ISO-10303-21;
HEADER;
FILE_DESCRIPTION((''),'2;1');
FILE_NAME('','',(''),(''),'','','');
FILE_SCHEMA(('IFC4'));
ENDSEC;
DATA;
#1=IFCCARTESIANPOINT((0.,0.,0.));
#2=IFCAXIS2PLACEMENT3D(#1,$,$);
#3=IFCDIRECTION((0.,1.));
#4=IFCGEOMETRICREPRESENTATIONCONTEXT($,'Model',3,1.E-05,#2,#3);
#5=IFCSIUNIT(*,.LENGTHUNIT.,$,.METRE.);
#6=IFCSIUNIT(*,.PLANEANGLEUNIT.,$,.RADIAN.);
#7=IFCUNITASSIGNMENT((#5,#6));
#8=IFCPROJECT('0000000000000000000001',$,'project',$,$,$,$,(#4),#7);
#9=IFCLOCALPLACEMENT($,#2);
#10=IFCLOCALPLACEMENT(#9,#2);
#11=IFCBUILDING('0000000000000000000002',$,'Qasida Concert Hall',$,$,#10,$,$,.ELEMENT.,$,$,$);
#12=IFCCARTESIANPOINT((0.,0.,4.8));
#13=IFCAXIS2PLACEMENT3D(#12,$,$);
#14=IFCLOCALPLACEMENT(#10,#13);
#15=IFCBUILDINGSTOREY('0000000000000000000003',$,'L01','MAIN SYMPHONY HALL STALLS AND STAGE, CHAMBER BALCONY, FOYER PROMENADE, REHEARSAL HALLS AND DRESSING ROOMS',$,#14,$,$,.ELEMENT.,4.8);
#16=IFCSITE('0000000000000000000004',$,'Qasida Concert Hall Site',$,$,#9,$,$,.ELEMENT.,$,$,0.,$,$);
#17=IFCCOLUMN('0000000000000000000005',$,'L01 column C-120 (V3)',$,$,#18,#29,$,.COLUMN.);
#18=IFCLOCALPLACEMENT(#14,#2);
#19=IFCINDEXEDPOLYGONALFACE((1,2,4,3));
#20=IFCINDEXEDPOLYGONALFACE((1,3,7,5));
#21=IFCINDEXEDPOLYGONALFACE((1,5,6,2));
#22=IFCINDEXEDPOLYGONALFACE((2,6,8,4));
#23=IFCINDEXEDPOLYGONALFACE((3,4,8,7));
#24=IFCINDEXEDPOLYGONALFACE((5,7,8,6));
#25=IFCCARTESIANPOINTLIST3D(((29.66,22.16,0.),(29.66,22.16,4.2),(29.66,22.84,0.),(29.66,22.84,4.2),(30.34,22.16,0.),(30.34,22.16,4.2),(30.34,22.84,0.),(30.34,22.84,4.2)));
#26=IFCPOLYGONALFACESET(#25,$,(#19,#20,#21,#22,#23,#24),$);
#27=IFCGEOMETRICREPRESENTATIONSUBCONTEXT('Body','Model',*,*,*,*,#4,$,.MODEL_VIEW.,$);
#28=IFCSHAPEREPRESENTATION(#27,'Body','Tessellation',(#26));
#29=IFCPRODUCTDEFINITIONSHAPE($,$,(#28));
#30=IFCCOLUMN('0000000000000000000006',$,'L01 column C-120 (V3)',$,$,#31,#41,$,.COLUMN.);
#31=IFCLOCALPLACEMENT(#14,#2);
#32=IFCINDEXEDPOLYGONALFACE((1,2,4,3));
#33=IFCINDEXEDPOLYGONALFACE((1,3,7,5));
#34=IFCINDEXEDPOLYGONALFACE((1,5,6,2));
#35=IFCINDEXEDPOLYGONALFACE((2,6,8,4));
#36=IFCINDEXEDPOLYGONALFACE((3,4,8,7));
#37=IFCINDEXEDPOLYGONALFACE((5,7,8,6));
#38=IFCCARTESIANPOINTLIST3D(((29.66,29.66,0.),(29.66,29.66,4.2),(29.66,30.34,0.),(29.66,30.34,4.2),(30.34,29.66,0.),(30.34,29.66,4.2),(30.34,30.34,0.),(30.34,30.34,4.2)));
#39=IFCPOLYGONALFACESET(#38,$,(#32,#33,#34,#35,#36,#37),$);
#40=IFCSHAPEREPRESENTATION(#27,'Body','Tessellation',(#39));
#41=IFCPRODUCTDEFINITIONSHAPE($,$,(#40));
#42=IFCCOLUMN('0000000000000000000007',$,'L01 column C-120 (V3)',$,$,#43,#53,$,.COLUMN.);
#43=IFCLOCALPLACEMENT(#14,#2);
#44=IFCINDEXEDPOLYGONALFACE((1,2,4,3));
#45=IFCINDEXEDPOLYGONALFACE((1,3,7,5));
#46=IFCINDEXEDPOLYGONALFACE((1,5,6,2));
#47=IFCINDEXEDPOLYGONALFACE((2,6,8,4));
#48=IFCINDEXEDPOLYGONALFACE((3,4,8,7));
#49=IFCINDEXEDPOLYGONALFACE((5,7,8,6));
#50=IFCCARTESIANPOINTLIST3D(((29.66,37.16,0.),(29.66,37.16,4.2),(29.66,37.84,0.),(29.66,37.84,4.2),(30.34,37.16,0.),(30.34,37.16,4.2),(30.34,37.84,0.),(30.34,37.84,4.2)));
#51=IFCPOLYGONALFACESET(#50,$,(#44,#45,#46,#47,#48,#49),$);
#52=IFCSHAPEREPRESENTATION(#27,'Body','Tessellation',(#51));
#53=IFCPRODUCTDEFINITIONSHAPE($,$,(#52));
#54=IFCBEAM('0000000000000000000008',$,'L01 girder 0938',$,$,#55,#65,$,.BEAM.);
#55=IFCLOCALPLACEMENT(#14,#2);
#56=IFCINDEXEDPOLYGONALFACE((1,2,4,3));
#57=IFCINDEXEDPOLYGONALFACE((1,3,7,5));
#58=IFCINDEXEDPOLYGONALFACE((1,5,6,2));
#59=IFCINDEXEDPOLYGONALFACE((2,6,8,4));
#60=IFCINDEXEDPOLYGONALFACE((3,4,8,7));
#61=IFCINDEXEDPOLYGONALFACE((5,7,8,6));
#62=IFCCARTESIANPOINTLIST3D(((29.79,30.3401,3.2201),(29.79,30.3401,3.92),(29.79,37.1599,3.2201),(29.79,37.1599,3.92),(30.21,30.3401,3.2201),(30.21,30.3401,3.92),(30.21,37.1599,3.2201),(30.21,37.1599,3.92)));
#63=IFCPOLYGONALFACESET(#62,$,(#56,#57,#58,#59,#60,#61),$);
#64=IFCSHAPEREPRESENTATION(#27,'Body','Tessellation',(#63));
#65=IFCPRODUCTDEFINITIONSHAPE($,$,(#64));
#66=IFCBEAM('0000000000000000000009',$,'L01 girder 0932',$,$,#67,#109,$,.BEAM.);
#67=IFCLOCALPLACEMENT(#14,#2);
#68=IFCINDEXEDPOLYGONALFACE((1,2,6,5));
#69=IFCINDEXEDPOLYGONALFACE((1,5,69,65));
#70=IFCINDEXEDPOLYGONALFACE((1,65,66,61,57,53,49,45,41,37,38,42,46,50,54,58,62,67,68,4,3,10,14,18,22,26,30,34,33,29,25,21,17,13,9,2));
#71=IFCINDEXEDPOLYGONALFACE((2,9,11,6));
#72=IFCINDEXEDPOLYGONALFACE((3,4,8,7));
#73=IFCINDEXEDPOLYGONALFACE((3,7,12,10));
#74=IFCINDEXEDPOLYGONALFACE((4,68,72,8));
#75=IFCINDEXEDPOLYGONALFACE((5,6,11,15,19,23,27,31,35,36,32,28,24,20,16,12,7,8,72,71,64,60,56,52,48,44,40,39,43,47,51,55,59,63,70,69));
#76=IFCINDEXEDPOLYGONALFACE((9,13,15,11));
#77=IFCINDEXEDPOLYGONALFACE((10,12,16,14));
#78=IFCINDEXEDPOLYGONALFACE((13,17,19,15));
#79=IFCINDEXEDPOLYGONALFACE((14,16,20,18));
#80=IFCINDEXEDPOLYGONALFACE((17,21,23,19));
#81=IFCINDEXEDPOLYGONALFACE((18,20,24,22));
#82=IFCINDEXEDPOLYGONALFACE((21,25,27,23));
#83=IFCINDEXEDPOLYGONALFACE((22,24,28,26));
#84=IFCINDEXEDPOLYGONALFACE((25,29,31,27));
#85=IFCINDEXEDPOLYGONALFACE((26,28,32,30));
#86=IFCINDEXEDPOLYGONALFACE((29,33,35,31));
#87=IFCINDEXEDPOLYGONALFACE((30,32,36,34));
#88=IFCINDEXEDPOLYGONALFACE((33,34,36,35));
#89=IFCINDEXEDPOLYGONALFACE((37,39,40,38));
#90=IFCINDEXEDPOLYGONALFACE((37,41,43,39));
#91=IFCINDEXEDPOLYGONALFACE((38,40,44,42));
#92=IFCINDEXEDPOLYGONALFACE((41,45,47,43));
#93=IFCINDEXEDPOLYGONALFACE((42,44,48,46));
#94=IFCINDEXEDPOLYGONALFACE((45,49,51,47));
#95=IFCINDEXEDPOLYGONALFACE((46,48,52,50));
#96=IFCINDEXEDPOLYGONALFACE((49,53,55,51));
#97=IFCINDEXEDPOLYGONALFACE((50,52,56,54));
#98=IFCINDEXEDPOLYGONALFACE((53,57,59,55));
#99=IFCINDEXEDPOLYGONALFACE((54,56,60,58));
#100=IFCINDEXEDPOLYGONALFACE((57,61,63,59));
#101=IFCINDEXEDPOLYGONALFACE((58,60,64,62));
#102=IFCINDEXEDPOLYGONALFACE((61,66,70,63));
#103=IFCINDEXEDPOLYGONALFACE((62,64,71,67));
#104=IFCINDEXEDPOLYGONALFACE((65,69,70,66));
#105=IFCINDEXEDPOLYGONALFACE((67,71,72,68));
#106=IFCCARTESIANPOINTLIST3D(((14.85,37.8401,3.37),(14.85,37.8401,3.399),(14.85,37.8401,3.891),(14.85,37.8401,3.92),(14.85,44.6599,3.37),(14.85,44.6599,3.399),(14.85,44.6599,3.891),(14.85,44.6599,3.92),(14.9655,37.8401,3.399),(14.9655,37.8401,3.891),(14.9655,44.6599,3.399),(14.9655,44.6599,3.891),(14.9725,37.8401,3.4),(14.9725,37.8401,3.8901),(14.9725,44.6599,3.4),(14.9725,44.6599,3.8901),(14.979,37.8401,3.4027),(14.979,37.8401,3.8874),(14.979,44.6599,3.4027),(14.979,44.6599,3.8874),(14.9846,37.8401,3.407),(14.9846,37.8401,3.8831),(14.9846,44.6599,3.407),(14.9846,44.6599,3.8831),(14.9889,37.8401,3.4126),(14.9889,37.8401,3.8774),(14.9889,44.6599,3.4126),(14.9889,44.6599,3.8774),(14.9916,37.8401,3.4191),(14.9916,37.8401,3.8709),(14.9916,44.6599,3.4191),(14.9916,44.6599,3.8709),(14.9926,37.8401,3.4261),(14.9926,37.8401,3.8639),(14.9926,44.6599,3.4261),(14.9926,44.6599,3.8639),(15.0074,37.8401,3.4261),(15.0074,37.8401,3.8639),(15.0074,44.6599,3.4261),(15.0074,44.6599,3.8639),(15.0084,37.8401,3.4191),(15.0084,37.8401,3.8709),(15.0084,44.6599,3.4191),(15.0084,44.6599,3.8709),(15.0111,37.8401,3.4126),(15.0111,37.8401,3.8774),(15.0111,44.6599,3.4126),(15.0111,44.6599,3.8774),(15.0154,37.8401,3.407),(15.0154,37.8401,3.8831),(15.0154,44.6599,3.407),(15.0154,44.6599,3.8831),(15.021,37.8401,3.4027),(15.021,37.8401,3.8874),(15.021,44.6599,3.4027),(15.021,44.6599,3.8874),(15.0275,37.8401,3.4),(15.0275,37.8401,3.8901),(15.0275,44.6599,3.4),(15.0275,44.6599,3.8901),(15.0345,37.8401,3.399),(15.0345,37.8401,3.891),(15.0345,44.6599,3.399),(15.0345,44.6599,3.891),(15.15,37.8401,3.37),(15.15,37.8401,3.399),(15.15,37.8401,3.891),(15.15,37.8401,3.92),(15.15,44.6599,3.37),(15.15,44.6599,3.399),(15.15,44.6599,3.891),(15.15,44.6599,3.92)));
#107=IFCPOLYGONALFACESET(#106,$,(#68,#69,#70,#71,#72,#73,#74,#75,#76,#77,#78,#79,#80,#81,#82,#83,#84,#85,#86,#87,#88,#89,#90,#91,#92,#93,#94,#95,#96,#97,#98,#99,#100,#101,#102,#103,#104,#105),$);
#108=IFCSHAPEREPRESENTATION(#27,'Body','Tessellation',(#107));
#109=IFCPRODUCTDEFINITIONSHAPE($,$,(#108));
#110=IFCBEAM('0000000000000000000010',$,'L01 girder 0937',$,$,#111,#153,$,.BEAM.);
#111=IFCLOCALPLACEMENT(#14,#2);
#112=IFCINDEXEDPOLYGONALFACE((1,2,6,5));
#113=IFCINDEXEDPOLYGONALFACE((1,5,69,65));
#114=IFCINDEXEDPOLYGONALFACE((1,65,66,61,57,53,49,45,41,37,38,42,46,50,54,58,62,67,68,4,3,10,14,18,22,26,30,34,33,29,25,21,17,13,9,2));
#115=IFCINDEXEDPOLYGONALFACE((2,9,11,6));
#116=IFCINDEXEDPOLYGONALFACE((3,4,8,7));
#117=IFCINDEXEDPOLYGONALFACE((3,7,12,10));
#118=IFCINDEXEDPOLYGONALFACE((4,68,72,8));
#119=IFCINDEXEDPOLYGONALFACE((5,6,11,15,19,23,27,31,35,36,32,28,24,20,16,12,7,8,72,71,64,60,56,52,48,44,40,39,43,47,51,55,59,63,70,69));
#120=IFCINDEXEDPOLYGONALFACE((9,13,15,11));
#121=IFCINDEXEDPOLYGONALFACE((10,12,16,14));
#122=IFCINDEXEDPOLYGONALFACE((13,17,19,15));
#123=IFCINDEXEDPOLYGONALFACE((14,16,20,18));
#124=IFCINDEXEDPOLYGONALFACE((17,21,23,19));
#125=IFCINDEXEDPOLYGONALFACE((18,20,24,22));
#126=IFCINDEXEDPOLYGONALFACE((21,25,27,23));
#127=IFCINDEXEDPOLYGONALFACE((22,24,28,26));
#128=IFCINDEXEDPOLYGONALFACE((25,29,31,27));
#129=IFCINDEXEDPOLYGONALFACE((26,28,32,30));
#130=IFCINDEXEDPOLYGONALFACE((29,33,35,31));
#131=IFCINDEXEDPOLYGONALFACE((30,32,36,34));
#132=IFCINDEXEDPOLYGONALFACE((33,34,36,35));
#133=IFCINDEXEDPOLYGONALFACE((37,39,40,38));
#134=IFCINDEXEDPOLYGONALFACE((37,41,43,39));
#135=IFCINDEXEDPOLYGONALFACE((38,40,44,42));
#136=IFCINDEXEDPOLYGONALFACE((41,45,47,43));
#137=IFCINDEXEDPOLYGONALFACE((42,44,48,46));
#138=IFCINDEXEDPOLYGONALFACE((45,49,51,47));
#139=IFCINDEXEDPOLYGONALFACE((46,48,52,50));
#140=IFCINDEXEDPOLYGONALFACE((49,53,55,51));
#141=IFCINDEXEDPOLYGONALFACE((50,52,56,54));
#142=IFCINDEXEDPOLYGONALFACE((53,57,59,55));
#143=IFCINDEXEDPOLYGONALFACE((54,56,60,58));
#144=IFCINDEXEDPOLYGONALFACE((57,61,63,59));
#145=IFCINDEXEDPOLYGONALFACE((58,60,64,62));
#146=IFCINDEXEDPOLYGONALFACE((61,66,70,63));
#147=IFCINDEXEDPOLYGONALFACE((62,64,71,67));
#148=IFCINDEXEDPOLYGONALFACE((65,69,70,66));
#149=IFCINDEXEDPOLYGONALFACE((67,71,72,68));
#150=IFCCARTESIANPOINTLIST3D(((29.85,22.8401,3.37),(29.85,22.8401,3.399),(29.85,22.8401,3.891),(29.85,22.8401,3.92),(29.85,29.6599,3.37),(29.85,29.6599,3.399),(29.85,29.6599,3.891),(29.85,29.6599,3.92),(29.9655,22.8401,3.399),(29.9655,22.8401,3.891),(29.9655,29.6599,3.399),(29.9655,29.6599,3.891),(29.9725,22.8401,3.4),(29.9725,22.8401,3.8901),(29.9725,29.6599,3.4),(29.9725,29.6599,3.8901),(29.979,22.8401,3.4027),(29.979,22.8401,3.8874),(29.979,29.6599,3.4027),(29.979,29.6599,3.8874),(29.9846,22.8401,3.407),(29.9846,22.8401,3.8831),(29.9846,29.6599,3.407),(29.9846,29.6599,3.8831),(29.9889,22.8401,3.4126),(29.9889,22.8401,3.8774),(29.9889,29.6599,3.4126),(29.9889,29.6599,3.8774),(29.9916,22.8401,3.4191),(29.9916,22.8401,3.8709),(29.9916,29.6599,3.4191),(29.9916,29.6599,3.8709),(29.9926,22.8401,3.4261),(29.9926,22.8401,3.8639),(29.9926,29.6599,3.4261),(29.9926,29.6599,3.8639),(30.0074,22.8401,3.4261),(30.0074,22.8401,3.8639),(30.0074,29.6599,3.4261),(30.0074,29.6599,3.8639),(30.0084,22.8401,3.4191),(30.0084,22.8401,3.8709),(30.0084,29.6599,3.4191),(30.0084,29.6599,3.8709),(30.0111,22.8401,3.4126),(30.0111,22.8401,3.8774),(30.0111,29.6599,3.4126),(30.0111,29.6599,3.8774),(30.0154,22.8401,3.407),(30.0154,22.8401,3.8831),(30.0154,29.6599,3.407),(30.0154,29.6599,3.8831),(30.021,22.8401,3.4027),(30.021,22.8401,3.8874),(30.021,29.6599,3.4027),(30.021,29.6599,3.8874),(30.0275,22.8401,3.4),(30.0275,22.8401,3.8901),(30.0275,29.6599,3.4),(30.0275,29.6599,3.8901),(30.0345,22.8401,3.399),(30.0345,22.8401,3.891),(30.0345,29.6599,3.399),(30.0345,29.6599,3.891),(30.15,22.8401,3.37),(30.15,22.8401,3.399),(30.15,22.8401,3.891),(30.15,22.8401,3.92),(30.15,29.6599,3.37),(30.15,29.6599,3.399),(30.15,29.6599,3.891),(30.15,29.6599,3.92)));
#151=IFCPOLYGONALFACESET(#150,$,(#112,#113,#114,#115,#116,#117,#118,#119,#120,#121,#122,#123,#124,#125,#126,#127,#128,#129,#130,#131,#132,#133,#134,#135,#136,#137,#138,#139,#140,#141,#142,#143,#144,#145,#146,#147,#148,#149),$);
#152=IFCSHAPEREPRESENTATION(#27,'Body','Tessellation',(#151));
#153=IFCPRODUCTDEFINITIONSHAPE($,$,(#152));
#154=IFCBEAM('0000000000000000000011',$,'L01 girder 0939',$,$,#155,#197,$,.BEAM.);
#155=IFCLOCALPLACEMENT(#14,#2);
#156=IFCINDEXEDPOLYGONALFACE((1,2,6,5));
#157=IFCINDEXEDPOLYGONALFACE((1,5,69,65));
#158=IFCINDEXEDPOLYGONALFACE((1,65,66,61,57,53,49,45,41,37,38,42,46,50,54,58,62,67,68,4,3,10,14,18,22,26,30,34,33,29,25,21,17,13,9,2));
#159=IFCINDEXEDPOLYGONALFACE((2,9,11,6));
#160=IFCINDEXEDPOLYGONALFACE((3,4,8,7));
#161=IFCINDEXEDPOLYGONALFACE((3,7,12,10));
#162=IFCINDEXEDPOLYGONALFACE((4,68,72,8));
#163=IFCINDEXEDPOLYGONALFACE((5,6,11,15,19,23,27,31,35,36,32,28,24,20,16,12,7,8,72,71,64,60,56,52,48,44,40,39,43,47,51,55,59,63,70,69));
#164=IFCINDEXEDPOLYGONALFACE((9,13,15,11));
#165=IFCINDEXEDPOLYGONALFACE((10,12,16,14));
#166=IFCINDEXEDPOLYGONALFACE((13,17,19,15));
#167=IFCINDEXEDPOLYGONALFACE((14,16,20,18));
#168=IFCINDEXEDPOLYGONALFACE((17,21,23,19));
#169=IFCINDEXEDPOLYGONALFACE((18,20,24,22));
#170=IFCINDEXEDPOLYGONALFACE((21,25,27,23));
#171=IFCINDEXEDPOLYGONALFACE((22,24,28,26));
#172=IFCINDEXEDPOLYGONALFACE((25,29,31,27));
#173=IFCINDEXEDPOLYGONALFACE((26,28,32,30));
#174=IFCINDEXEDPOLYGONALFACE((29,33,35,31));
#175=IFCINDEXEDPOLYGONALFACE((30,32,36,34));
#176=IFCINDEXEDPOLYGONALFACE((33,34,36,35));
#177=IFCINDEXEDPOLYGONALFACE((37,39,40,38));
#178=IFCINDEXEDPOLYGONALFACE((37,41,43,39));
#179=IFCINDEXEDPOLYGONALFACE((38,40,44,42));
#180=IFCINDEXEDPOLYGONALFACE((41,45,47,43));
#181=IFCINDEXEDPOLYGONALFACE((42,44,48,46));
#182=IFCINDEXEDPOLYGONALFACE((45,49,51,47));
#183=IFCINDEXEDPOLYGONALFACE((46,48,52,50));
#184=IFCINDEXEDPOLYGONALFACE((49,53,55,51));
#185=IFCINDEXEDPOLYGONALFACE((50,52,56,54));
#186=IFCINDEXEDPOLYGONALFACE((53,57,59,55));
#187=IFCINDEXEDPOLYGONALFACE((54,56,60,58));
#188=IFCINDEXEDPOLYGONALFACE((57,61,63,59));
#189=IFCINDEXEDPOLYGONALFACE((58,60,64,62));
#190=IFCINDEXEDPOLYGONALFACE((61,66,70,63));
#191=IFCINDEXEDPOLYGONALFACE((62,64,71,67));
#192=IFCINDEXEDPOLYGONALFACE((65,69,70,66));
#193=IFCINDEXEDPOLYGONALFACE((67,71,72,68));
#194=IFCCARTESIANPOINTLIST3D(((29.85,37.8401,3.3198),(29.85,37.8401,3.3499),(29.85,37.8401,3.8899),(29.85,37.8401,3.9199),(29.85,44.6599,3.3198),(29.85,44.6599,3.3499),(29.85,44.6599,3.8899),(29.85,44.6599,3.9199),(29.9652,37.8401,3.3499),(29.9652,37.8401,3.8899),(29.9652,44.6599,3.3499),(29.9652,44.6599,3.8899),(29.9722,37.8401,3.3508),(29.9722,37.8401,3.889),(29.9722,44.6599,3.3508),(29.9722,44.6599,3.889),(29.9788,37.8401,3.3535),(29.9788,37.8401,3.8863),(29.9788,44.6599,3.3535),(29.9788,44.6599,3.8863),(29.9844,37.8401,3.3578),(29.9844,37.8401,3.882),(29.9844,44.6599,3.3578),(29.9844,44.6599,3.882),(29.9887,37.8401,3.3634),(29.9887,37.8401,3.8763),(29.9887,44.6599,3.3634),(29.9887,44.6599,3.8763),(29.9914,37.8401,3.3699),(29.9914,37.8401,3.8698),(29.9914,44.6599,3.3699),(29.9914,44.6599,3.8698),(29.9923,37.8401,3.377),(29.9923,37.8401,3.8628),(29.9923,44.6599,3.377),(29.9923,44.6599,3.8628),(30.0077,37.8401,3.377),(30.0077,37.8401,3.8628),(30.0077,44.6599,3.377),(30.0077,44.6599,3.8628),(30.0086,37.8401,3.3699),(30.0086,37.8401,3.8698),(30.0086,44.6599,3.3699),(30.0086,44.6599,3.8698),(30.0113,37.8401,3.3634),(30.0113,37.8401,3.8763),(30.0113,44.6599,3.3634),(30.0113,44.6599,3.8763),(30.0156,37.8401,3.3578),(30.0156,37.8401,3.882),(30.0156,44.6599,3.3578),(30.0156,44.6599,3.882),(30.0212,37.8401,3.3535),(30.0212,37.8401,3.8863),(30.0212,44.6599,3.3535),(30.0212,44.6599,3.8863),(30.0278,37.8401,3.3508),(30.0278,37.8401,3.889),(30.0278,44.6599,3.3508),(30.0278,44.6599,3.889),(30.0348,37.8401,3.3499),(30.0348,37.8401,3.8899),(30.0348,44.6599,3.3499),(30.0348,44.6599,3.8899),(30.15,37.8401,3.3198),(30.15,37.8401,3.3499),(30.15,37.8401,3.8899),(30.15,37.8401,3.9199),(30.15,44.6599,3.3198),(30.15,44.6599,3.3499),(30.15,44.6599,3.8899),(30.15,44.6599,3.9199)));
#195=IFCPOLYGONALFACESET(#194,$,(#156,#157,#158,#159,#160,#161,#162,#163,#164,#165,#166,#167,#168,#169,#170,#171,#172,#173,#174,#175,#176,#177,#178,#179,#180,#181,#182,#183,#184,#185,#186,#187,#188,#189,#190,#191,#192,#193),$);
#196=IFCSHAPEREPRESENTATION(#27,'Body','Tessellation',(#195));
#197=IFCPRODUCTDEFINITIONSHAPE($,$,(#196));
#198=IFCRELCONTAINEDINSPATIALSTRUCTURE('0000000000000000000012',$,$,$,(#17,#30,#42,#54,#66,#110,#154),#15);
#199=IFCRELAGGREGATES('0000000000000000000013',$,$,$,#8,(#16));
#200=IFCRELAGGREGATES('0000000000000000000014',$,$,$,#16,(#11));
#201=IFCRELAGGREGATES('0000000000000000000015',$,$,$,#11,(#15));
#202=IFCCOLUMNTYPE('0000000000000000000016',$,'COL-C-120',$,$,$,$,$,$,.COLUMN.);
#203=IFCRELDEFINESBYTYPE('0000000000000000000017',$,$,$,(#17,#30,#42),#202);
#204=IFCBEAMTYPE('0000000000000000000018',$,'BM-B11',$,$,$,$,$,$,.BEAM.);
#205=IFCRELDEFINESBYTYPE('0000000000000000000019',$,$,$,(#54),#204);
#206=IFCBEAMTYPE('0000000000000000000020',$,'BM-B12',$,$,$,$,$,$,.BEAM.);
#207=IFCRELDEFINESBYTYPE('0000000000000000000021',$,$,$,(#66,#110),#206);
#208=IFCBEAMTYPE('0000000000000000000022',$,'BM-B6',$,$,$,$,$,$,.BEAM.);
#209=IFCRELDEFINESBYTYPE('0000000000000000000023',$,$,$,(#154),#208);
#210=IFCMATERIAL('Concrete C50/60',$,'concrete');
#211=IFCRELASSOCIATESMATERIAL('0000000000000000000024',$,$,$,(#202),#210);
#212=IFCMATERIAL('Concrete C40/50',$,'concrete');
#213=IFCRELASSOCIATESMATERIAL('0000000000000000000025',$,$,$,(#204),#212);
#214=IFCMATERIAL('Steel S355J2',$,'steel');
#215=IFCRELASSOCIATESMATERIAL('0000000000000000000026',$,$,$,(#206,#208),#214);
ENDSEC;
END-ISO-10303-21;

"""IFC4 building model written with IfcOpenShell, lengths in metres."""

from ifc_helpers import new_model, si_unit, direction, frame, origin, origin_2d, place, context, subcontext, project, spatial, rectangle, i_section, extrude, material, material_profile, profile_set, type_object, element, save


model = new_model("IFC4")

# Units and contexts
model_context = context("Model", 3, precision=1e-05, world=origin(), true_north=direction((0.0, 1.0)))
body_context = subcontext(model_context, "Body", "Model", "MODEL_VIEW")
ifc_project = project(units=[si_unit("LENGTHUNIT", "METRE"), si_unit("PLANEANGLEUNIT", "RADIAN")], contexts=[model_context])

# Site, building, storey
site_placement = place(None, origin())
site = spatial("IfcSite", under=ifc_project, at=site_placement, Name="Qasida Concert Hall Site", CompositionType="ELEMENT", RefElevation=0.0)
building_placement = place(site_placement, origin())
building = spatial("IfcBuilding", under=site, at=building_placement, Name="Qasida Concert Hall", CompositionType="ELEMENT")
storey_placement = place(building_placement, frame((0.0, 0.0, 4.8)))
storey = spatial("IfcBuildingStorey", under=building, at=storey_placement, Name="L01", Description="MAIN SYMPHONY HALL STALLS AND STAGE, CHAMBER BALCONY, FOYER PROMENADE, REHEARSAL HALLS AND DRESSING ROOMS", CompositionType="ELEMENT", Elevation=4.8)

# Columns
ifc_material_1 = material(Name="Concrete C50/60", Category="concrete")
ifc_material_profile_1 = material_profile(ifc_material_1, rectangle(XDim=0.6799, YDim=0.6799, at=origin_2d()), Name="RC 680x680")
ifc_profile_set_1 = profile_set([ifc_material_profile_1], Name="Concrete C50/60")
column_type = type_object("IfcColumnType", Name="COL-C-120", PredefinedType="COLUMN", material=ifc_profile_set_1)
for number, where, z_axis, x_axis, name in (
    (1, (30.0, 22.5, 0.0), (0.0, 0.0, 1.0), (1.0, 0.0, 0.0), "L01 column C-120 (V3)"),
    (2, (30.0, 30.0, 0.0), (0.0, 0.0, 1.0), (1.0, 0.0, 0.0), "L01 column C-120 (V3)"),
    (3, (30.0, 37.5, 0.0), (0.0, 0.0, 1.0), (1.0, 0.0, 0.0), "L01 column C-120 (V3)"),
):
    element("IfcColumn", number, at=place(storey_placement, frame(where, z_axis=z_axis, x_axis=x_axis)), inside=storey, type_object=column_type, Name=name, PredefinedType="COLUMN", context=body_context, shape_type="SweptSolid", body=[
        extrude(rectangle(XDim=0.6799, YDim=0.6799, at=origin_2d()), origin(), (0.0, 0.0, 1.0), 4.2),
    ])

# Beams
ifc_material_2 = material(Name="Concrete C40/50", Category="concrete")
ifc_material_profile_2 = material_profile(ifc_material_2, rectangle(XDim=0.4199, YDim=0.7, at=origin_2d()), Name="RC 420x700")
ifc_profile_set_2 = profile_set([ifc_material_profile_2], Name="Concrete C40/50")
beam_type_1 = type_object("IfcBeamType", Name="BM-B11", PredefinedType="BEAM", material=ifc_profile_set_2)
beam_1_placement = place(storey_placement, frame((30.0, 30.3401, 3.5701), z_axis=(0.0, 1.0, 0.0), x_axis=(-1.0, 0.0, 0.0)))
element("IfcBeam", 4, at=beam_1_placement, inside=storey, type_object=beam_type_1, Name="L01 girder 0938", PredefinedType="BEAM", context=body_context, shape_type="SweptSolid", body=[
    extrude(rectangle(XDim=0.4199, YDim=0.7, at=origin_2d()), origin(), (0.0, 0.0, 1.0), 6.8198),
])
ifc_material_3 = material(Name="Steel S355J2", Category="steel")
ifc_material_profile_3 = material_profile(ifc_material_3, i_section(OverallWidth=0.3, OverallDepth=0.55, WebThickness=0.0149, FlangeThickness=0.0291, FilletRadius=0.0271, at=origin_2d()), Name="HEB 550")
ifc_profile_set_3 = profile_set([ifc_material_profile_3], Name="Steel S355J2")
beam_type_2 = type_object("IfcBeamType", Name="BM-B12", PredefinedType="BEAM", material=ifc_profile_set_3)
for number, where, z_axis, x_axis, name in (
    (5, (15.0, 37.8401, 3.645), (0.0, 1.0, 0.0), (-1.0, 0.0, 0.0), "L01 girder 0932"),
    (6, (30.0, 22.8401, 3.645), (0.0, 1.0, 0.0), (-1.0, 0.0, 0.0), "L01 girder 0937"),
):
    element("IfcBeam", number, at=place(storey_placement, frame(where, z_axis=z_axis, x_axis=x_axis)), inside=storey, type_object=beam_type_2, Name=name, PredefinedType="BEAM", context=body_context, shape_type="SweptSolid", body=[
        extrude(i_section(OverallWidth=0.3, OverallDepth=0.55, WebThickness=0.0149, FlangeThickness=0.0291, FilletRadius=0.0271, at=origin_2d()), origin(), (0.0, 0.0, 1.0), 6.8198),
    ])
ifc_material_profile_4 = material_profile(ifc_material_3, i_section(OverallWidth=0.3, OverallDepth=0.6001, WebThickness=0.0154, FlangeThickness=0.03, FilletRadius=0.0271, at=origin_2d()), Name="HEB 600")
ifc_profile_set_4 = profile_set([ifc_material_profile_4], Name="Steel S355J2")
beam_type_3 = type_object("IfcBeamType", Name="BM-B6", PredefinedType="BEAM", material=ifc_profile_set_4)
beam_2_placement = place(storey_placement, frame((30.0, 37.8401, 3.6199), z_axis=(0.0, 1.0, 0.0), x_axis=(-1.0, 0.0, 0.0)))
element("IfcBeam", 7, at=beam_2_placement, inside=storey, type_object=beam_type_3, Name="L01 girder 0939", PredefinedType="BEAM", context=body_context, shape_type="SweptSolid", body=[
    extrude(i_section(OverallWidth=0.3, OverallDepth=0.6001, WebThickness=0.0154, FlangeThickness=0.03, FilletRadius=0.0271, at=origin_2d()), origin(), (0.0, 0.0, 1.0), 6.8198),
])

save(model, "model.ifc")
